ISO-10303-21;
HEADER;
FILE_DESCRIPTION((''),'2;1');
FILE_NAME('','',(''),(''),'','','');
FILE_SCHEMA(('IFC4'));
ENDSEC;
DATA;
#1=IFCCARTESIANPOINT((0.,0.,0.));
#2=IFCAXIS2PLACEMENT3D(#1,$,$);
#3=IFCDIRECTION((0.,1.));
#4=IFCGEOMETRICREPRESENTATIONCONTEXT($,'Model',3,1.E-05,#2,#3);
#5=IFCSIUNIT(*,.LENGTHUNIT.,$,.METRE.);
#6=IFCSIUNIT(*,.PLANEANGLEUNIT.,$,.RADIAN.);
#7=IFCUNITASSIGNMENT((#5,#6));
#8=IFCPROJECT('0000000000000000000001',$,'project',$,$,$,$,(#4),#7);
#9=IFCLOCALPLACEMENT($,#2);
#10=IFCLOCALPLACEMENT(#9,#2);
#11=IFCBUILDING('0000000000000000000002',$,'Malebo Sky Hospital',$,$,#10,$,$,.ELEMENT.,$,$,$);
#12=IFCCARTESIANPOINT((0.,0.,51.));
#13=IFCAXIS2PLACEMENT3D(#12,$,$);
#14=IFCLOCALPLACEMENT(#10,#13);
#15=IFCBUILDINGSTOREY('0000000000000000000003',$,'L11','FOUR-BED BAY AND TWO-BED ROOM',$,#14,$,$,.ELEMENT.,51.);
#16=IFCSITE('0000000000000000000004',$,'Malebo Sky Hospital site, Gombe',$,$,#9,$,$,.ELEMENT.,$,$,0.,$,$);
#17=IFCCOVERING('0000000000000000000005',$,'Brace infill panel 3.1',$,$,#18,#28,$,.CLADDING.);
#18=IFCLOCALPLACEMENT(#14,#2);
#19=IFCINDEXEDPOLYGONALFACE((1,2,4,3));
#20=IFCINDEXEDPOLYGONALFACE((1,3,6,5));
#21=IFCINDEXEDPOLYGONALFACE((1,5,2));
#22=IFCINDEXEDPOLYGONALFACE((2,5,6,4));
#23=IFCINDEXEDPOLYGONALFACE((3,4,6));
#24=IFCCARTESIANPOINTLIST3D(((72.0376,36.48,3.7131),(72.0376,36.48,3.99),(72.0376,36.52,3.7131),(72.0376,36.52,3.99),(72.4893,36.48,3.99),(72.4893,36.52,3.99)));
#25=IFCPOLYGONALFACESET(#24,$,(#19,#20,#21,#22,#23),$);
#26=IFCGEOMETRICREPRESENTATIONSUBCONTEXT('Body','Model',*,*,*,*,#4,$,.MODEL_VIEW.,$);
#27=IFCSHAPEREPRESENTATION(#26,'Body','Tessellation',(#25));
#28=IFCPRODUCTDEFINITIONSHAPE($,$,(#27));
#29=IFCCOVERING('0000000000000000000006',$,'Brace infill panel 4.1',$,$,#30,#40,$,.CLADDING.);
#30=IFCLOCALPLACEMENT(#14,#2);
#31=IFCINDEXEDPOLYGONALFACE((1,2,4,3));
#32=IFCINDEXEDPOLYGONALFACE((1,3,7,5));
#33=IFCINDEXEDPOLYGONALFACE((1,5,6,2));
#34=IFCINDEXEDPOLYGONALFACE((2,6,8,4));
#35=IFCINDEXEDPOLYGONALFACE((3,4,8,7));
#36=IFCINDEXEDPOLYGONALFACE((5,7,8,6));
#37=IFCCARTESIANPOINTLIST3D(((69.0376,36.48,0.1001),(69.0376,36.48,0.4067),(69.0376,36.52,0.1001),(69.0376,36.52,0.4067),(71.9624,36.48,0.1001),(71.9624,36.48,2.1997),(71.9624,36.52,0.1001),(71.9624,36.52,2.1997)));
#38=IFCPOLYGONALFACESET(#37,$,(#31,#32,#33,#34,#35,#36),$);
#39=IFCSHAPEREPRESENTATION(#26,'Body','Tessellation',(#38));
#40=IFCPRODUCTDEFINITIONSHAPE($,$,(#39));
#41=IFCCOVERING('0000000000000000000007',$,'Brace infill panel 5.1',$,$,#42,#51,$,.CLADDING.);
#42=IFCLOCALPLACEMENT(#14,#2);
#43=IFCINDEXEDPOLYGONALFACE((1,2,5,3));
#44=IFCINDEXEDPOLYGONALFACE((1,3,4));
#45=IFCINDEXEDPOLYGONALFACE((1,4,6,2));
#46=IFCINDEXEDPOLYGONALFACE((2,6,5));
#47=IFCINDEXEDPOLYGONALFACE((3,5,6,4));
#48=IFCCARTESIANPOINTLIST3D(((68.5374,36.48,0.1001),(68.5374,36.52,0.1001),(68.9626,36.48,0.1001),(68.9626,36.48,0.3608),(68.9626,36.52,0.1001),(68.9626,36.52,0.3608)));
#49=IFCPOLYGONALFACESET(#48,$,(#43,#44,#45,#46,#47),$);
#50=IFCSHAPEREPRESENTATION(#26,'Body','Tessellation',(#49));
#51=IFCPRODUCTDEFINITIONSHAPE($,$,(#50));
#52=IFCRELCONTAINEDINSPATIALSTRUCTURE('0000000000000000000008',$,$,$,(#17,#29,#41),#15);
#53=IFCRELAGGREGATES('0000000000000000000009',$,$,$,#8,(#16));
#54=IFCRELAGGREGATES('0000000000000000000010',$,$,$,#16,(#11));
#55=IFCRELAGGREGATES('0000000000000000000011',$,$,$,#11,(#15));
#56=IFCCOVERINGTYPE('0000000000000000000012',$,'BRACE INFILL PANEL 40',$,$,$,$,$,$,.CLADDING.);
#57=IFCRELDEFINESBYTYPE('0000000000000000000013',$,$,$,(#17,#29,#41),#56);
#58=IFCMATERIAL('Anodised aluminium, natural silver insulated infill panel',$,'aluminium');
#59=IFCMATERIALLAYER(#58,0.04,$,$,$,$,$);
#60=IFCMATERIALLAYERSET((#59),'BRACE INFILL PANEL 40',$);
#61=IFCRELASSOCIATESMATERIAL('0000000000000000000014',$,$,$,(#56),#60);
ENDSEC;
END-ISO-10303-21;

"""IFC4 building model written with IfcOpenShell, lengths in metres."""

from ifc_helpers import new_model, si_unit, direction, frame, origin, place, context, subcontext, project, spatial, polyline, outline, extrude, material, layer, layer_set, type_object, element, save


model = new_model("IFC4")

# Units and contexts
model_context = context("Model", 3, precision=1e-05, world=origin(), true_north=direction((0.0, 1.0)))
body_context = subcontext(model_context, "Body", "Model", "MODEL_VIEW")
ifc_project = project(units=[si_unit("LENGTHUNIT", "METRE"), si_unit("PLANEANGLEUNIT", "RADIAN")], contexts=[model_context])

# Site, building, storey
site_placement = place(None, origin())
site = spatial("IfcSite", under=ifc_project, at=site_placement, Name="Malebo Sky Hospital site, Gombe", CompositionType="ELEMENT", RefElevation=0.0)
building_placement = place(site_placement, origin())
building = spatial("IfcBuilding", under=site, at=building_placement, Name="Malebo Sky Hospital", CompositionType="ELEMENT")
storey_placement = place(building_placement, frame((0.0, 0.0, 51.0)))
storey = spatial("IfcBuildingStorey", under=building, at=storey_placement, Name="L11", Description="FOUR-BED BAY AND TWO-BED ROOM", CompositionType="ELEMENT", Elevation=51.0)

# Coverings
ifc_material_1 = material(Name="Anodised aluminium, natural silver insulated infill panel", Category="aluminium")
ifc_layer_1 = layer(ifc_material_1, 0.04)
ifc_layer_set_1 = layer_set([ifc_layer_1], Name="BRACE INFILL PANEL 40")
covering_type = type_object("IfcCoveringType", Name="BRACE INFILL PANEL 40", PredefinedType="CLADDING", material=ifc_layer_set_1)
covering_1_placement = place(storey_placement, frame((72.2634, 36.5, 3.7131), z_axis=(0.0, 0.0, 1.0), x_axis=(-1.0, 0.0, 0.0)))
element("IfcCovering", 1, at=covering_1_placement, inside=storey, type_object=covering_type, Name="Brace infill panel 3.1", PredefinedType="CLADDING", context=body_context, shape_type="SweptSolid", body=[
    extrude(outline(polyline([(0.2258, 0.0), (0.2258, 0.2769), (-0.2258, 0.2769), (0.2258, 0.0)])), frame((0.0, 0.02, 0.0), z_axis=(0.0, -1.0, 0.0), x_axis=(1.0, 0.0, 0.0)), (0.0, 0.0, 1.0), 0.04),
])
covering_2_placement = place(storey_placement, frame((70.5, 36.5, 0.1001), z_axis=(0.0, 0.0, 1.0), x_axis=(-1.0, 0.0, 0.0)))
element("IfcCovering", 2, at=covering_2_placement, inside=storey, type_object=covering_type, Name="Brace infill panel 4.1", PredefinedType="CLADDING", context=body_context, shape_type="SweptSolid", body=[
    extrude(outline(polyline([(-1.4624, 0.0), (1.4624, 0.0), (1.4624, 0.3066), (-1.4624, 2.0996), (-1.4624, 0.0)])), frame((0.0, 0.02, 0.0), z_axis=(0.0, -1.0, 0.0), x_axis=(1.0, 0.0, 0.0)), (0.0, 0.0, 1.0), 0.04),
])
covering_3_placement = place(storey_placement, frame((68.75, 36.5, 0.1001), z_axis=(0.0, 0.0, 1.0), x_axis=(-1.0, 0.0, 0.0)))
element("IfcCovering", 3, at=covering_3_placement, inside=storey, type_object=covering_type, Name="Brace infill panel 5.1", PredefinedType="CLADDING", context=body_context, shape_type="SweptSolid", body=[
    extrude(outline(polyline([(-0.2126, 0.0), (0.2126, 0.0), (-0.2126, 0.2607), (-0.2126, 0.0)])), frame((0.0, 0.02, 0.0), z_axis=(0.0, -1.0, 0.0), x_axis=(1.0, 0.0, 0.0)), (0.0, 0.0, 1.0), 0.04),
])

save(model, "model.ifc")
